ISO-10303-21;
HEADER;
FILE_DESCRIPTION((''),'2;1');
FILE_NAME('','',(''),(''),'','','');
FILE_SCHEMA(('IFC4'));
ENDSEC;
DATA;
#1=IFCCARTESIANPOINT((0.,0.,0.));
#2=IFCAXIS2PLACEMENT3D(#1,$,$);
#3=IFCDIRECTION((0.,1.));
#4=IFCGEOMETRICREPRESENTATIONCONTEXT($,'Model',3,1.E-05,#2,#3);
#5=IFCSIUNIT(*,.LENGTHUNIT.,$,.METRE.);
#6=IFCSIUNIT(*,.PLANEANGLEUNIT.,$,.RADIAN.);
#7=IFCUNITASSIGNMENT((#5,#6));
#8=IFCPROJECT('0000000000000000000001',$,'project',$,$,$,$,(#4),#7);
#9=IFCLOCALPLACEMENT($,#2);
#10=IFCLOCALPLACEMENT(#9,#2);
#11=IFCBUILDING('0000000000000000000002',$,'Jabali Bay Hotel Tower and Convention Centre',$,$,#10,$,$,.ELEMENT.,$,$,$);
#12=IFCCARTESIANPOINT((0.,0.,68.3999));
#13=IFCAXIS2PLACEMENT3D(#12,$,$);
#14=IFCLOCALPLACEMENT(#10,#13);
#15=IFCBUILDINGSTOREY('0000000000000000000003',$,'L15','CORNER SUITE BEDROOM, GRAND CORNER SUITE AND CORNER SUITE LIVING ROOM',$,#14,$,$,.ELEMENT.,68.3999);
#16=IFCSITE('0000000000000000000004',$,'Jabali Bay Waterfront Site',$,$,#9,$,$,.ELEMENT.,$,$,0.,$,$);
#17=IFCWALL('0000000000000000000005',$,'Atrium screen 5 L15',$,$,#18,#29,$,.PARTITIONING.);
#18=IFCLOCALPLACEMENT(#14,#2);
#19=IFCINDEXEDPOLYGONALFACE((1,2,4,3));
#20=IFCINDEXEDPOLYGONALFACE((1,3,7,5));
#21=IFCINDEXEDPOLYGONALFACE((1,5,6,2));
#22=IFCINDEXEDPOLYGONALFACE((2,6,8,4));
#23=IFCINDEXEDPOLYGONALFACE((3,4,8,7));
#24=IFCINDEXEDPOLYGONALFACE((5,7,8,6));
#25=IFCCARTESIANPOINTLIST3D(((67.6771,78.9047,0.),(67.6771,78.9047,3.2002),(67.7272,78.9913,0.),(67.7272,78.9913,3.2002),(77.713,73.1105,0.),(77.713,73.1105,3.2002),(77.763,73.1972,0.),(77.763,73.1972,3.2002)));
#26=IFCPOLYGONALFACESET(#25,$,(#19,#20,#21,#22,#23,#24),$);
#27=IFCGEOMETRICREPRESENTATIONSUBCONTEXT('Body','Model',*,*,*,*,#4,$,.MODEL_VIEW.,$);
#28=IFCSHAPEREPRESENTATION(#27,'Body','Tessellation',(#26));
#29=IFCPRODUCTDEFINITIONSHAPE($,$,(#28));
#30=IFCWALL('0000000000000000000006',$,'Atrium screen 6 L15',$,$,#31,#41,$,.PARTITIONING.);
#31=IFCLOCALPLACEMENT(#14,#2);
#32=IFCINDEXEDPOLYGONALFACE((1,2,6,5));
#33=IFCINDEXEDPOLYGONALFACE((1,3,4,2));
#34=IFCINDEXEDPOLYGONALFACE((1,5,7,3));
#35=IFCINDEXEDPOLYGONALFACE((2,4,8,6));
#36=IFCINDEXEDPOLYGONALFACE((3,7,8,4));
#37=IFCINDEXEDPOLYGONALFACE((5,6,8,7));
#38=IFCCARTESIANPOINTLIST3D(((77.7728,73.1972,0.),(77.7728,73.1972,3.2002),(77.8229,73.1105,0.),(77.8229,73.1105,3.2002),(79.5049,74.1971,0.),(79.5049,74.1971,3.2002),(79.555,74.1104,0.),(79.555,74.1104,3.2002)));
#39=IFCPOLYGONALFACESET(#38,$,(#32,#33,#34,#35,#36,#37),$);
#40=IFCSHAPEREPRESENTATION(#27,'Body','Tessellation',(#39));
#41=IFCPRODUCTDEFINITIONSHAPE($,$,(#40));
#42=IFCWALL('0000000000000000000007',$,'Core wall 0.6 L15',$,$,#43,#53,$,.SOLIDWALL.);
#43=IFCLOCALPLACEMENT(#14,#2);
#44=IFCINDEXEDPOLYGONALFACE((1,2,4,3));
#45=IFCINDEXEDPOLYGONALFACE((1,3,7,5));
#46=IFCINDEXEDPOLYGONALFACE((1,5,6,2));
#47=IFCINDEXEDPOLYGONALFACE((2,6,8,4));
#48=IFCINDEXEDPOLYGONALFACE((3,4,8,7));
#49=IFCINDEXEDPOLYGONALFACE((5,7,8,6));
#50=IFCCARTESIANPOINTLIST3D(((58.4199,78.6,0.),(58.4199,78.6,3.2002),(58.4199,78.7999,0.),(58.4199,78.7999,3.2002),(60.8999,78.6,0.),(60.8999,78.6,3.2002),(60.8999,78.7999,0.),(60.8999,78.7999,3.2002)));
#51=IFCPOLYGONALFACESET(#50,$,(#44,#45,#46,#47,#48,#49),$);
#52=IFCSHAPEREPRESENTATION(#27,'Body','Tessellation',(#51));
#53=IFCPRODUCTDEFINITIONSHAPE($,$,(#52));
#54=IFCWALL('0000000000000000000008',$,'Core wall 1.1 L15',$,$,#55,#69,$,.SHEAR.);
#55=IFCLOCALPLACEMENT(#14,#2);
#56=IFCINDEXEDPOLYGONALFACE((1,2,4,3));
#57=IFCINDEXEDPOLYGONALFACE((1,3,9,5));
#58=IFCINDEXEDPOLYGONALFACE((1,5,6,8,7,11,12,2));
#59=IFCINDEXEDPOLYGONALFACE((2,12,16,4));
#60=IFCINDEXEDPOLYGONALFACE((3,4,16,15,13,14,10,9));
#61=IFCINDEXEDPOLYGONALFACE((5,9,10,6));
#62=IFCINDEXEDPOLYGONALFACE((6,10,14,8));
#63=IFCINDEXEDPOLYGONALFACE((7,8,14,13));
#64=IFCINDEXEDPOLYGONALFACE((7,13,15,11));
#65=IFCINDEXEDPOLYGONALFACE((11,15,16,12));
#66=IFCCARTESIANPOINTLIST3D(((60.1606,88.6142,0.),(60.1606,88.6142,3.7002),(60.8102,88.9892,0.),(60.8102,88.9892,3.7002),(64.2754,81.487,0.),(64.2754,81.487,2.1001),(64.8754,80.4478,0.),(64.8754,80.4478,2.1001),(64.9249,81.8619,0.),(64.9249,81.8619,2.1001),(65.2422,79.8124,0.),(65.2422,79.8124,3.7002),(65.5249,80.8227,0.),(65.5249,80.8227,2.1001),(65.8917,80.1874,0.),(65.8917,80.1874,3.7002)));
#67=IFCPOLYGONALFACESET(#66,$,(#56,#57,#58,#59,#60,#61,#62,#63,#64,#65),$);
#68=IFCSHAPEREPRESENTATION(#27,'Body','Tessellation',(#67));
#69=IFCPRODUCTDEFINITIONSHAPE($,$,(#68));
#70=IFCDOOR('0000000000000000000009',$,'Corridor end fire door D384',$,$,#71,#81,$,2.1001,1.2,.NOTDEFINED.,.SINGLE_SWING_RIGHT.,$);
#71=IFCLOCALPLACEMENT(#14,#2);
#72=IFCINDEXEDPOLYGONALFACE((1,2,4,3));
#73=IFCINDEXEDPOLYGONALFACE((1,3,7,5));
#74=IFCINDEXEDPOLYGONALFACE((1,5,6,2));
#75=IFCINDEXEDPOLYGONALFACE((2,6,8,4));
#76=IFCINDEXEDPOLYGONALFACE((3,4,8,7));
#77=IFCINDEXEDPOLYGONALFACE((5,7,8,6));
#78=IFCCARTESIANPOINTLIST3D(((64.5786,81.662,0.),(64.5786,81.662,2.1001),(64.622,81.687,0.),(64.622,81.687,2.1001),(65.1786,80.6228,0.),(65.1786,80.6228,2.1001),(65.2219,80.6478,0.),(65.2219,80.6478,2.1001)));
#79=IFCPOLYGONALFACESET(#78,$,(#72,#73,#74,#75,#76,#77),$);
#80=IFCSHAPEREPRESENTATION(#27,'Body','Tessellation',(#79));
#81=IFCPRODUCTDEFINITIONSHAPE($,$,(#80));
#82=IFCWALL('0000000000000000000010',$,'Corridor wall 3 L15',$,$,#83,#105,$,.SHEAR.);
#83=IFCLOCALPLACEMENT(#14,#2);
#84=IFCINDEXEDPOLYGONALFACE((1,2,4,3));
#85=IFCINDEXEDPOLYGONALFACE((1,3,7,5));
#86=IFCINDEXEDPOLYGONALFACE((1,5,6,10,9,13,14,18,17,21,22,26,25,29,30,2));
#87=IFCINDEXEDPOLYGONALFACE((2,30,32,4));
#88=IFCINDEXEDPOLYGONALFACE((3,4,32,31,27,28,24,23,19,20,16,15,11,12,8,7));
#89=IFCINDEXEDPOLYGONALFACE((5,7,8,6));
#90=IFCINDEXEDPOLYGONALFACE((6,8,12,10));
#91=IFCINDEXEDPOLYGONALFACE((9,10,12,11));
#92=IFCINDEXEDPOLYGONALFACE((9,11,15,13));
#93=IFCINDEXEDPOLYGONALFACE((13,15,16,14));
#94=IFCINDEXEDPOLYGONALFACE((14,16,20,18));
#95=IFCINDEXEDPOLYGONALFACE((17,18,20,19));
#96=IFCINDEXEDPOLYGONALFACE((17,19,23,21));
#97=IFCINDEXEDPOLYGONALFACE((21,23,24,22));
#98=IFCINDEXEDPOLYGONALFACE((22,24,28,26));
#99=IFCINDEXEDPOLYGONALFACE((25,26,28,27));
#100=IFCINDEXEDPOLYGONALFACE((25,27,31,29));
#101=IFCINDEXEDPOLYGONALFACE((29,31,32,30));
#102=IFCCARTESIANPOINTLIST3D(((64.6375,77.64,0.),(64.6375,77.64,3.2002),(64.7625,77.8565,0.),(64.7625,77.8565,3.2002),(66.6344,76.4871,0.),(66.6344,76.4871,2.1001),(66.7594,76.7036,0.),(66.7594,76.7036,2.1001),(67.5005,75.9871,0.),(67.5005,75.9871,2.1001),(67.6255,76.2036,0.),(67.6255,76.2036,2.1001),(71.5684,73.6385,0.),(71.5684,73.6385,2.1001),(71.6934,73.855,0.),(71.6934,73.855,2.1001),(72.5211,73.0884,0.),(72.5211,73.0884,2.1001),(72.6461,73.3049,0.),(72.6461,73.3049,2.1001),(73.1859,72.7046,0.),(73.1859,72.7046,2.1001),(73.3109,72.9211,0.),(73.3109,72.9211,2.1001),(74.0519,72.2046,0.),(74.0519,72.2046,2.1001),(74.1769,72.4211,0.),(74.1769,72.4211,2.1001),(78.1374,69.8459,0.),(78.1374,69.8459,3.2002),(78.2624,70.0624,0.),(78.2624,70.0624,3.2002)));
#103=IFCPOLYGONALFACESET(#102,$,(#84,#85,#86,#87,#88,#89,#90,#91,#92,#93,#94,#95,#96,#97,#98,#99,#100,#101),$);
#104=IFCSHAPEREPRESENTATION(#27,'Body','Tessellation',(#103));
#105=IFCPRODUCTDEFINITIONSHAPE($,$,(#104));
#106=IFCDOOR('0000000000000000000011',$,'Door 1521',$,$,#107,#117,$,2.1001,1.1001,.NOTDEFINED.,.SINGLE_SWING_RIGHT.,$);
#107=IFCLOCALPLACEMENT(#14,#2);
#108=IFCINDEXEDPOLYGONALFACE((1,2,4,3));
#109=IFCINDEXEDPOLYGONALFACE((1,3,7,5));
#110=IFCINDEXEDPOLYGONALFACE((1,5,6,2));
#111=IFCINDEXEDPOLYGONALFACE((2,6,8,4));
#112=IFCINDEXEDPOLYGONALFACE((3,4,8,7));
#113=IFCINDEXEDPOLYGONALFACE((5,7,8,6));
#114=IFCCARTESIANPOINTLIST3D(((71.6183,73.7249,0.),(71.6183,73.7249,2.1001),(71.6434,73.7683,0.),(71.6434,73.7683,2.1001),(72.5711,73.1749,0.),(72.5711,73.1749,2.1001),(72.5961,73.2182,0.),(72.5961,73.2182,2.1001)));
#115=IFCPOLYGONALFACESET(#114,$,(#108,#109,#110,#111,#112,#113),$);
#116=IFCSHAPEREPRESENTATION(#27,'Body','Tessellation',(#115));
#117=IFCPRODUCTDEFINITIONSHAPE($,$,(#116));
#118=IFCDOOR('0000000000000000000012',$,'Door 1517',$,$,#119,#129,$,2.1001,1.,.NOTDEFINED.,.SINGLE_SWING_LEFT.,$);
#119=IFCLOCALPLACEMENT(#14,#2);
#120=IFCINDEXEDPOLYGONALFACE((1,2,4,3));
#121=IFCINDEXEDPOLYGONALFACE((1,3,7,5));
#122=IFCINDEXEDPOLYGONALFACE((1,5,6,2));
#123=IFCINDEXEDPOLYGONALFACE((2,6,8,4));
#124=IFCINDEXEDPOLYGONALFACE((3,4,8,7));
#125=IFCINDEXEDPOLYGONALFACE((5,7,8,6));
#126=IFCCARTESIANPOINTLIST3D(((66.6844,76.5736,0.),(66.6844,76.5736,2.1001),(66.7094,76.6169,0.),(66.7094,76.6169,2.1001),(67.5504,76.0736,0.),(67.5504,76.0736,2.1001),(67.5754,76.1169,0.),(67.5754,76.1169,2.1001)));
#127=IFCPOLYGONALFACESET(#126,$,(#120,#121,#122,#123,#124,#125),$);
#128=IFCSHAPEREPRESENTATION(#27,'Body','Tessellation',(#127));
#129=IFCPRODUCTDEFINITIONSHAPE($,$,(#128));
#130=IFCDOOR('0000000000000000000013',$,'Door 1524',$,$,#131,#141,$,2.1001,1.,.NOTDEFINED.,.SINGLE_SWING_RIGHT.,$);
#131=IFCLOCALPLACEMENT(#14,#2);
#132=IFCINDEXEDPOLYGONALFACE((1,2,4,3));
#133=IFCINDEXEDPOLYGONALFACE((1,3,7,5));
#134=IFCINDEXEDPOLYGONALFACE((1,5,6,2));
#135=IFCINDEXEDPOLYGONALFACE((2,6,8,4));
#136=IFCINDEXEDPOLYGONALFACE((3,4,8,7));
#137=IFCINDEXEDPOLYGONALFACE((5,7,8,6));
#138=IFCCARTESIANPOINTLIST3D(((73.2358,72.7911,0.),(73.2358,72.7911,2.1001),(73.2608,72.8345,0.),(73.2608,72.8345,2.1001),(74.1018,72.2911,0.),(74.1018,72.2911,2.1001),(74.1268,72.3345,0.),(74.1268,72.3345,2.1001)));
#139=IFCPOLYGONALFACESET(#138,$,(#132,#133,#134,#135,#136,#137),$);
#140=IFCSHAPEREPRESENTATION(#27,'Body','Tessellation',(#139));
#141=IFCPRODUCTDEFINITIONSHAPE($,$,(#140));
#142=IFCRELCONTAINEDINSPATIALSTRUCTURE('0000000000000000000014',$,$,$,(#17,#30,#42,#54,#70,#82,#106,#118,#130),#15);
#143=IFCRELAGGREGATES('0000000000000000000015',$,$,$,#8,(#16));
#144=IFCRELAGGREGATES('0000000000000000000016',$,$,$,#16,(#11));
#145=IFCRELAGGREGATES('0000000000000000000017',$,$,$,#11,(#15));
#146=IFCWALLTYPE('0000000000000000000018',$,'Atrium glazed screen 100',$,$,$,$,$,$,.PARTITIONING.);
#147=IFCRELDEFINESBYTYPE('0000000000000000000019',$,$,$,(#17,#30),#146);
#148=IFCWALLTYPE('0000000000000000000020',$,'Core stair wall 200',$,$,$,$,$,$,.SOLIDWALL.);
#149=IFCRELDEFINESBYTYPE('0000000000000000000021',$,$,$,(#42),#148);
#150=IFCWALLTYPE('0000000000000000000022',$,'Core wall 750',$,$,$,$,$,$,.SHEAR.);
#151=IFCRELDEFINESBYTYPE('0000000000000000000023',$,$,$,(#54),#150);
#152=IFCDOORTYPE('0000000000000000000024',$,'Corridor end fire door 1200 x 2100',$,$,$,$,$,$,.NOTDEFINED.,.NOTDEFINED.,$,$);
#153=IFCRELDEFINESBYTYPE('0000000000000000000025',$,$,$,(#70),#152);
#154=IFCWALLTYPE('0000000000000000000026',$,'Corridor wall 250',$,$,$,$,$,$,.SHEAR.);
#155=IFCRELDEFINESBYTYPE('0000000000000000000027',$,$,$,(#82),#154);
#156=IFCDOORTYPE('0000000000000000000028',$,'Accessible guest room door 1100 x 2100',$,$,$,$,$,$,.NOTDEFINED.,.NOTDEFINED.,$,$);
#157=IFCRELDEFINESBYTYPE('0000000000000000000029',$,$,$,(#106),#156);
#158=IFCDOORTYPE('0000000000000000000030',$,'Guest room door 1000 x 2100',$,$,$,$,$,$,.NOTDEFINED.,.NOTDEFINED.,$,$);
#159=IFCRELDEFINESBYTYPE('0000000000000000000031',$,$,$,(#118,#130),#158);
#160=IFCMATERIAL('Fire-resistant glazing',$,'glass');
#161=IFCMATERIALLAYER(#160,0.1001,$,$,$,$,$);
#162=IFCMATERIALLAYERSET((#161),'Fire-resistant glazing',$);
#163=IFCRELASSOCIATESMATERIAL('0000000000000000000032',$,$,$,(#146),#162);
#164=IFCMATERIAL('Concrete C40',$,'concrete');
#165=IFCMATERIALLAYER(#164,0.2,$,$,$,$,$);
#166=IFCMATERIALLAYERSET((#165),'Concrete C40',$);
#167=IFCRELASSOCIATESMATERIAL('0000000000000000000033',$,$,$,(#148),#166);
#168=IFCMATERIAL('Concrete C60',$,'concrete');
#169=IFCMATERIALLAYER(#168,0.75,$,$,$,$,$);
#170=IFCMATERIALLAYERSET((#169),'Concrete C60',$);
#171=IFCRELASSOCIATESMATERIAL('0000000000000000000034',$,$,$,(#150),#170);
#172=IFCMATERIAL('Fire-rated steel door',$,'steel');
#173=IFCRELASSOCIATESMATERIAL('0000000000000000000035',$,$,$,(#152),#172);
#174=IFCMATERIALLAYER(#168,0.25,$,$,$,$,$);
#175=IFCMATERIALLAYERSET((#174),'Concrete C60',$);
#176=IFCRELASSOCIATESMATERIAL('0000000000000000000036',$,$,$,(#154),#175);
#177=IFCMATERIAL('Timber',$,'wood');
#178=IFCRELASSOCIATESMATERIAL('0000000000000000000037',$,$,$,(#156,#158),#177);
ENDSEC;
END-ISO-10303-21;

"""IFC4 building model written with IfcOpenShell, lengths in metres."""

from ifc_helpers import new_model, si_unit, direction, frame, frame_2d, origin, place, context, subcontext, project, spatial, rectangle, extrude, material, layer, layer_set, type_object, element, fill, save


model = new_model("IFC4")

# Units and contexts
model_context = context("Model", 3, precision=1e-05, world=origin(), true_north=direction((0.0, 1.0)))
body_context = subcontext(model_context, "Body", "Model", "MODEL_VIEW")
ifc_project = project(units=[si_unit("LENGTHUNIT", "METRE"), si_unit("PLANEANGLEUNIT", "RADIAN")], contexts=[model_context])

# Site, building, storey
site_placement = place(None, origin())
site = spatial("IfcSite", under=ifc_project, at=site_placement, Name="Jabali Bay Waterfront Site", CompositionType="ELEMENT", RefElevation=0.0)
building_placement = place(site_placement, origin())
building = spatial("IfcBuilding", under=site, at=building_placement, Name="Jabali Bay Hotel Tower and Convention Centre", CompositionType="ELEMENT")
storey_placement = place(building_placement, frame((0.0, 0.0, 68.3999)))
storey = spatial("IfcBuildingStorey", under=building, at=storey_placement, Name="L15", Description="CORNER SUITE BEDROOM, GRAND CORNER SUITE AND CORNER SUITE LIVING ROOM", CompositionType="ELEMENT", Elevation=68.3999)

# Walls
ifc_material_1 = material(Name="Fire-resistant glazing", Category="glass")
ifc_layer_1 = layer(ifc_material_1, 0.1001)
ifc_layer_set_1 = layer_set([ifc_layer_1], Name="Fire-resistant glazing")
wall_type_1 = type_object("IfcWallType", Name="Atrium glazed screen 100", PredefinedType="PARTITIONING", material=ifc_layer_set_1)
wall_1_placement = place(storey_placement, frame((67.7021, 78.948, 0.0), z_axis=(0.0, 0.0, 1.0), x_axis=(0.866027, -0.499998, 0.0)))
element("IfcWall", 1, at=wall_1_placement, inside=storey, type_object=wall_type_1, Name="Atrium screen 5 L15", PredefinedType="PARTITIONING", context=body_context, shape_type="SweptSolid", body=[
    extrude(rectangle(XDim=11.5884, YDim=0.1001, at=frame_2d((5.7942, 0.0))), origin(), (0.0, 0.0, 1.0), 3.2002),
])
wall_2_placement = place(storey_placement, frame((77.7979, 73.1538, 0.0), z_axis=(0.0, 0.0, 1.0), x_axis=(0.866041, 0.499973, 0.0)))
element("IfcWall", 2, at=wall_2_placement, inside=storey, type_object=wall_type_1, Name="Atrium screen 6 L15", PredefinedType="PARTITIONING", context=body_context, shape_type="SweptSolid", body=[
    extrude(rectangle(XDim=2.0, YDim=0.1001, at=frame_2d((1.0, 0.0))), origin(), (0.0, 0.0, 1.0), 3.2002),
])
ifc_material_2 = material(Name="Concrete C40", Category="concrete")
ifc_layer_2 = layer(ifc_material_2, 0.2)
ifc_layer_set_2 = layer_set([ifc_layer_2], Name="Concrete C40")
wall_type_2 = type_object("IfcWallType", Name="Core stair wall 200", PredefinedType="SOLIDWALL", material=ifc_layer_set_2)
wall_3_placement = place(storey_placement, frame((60.8999, 78.7, 0.0), z_axis=(0.0, 0.0, 1.0), x_axis=(-1.0, 0.0, 0.0)))
element("IfcWall", 3, at=wall_3_placement, inside=storey, type_object=wall_type_2, Name="Core wall 0.6 L15", PredefinedType="SOLIDWALL", context=body_context, shape_type="SweptSolid", body=[
    extrude(rectangle(XDim=2.48, YDim=0.2, at=frame_2d((1.24, 0.0))), origin(), (0.0, 0.0, 1.0), 3.2002),
])

# Wall, opening, door
ifc_material_3 = material(Name="Concrete C60", Category="concrete")
ifc_layer_3 = layer(ifc_material_3, 0.75)
ifc_layer_set_3 = layer_set([ifc_layer_3], Name="Concrete C60")
wall_type_3 = type_object("IfcWallType", Name="Core wall 750", PredefinedType="SHEAR", material=ifc_layer_set_3)
wall_4_placement = place(storey_placement, frame((65.5669, 80.0, 0.0), z_axis=(0.0, 0.0, 1.0), x_axis=(-0.499989, 0.866032, 0.0)))
wall_4 = element("IfcWall", 4, at=wall_4_placement, inside=storey, type_object=wall_type_3, Name="Core wall 1.1 L15", PredefinedType="SHEAR", context=body_context, shape_type="SweptSolid", body=[
    extrude(rectangle(XDim=10.1633, YDim=0.75, at=frame_2d((5.0815, 0.0))), origin(), (0.0, 0.0, 1.0), 3.7002),
])
opening_1_placement = place(wall_4_placement, frame((0.7334, 0.0, 0.0)))
opening_1 = element("IfcOpeningElement", 5, at=opening_1_placement, cuts=wall_4, PredefinedType="OPENING", context=body_context, shape_type="SweptSolid", body=[
    extrude(rectangle(XDim=1.2, YDim=2.1001, at=frame_2d((0.6001, 1.05))), frame((0.0, 0.3855, 0.0), z_axis=(0.0, -1.0, 0.0), x_axis=(1.0, 0.0, 0.0)), (0.0, 0.0, 1.0), 0.771),
])
ifc_material_4 = material(Name="Fire-rated steel door", Category="steel")
door_type_1 = type_object("IfcDoorType", Name="Corridor end fire door 1200 x 2100", OperationType="NOTDEFINED", PredefinedType="NOTDEFINED", material=ifc_material_4)
door_1_placement = place(opening_1_placement, origin())
door_1 = element("IfcDoor", 6, at=door_1_placement, inside=storey, type_object=door_type_1, Name="Corridor end fire door D384", OperationType="SINGLE_SWING_RIGHT", OverallHeight=2.1001, OverallWidth=1.2, PredefinedType="NOTDEFINED", context=body_context, shape_type="SweptSolid", body=[
    extrude(rectangle(XDim=1.2, YDim=2.1001, at=frame_2d((0.6001, 1.05))), frame((0.0, 0.0249, 0.0), z_axis=(0.0, -1.0, 0.0), x_axis=(1.0, 0.0, 0.0)), (0.0, 0.0, 1.0), 0.05),
])
fill(opening_1, door_1)

# Wall, openings, doors
ifc_layer_4 = layer(ifc_material_3, 0.25)
ifc_layer_set_4 = layer_set([ifc_layer_4], Name="Concrete C60")
wall_type_4 = type_object("IfcWallType", Name="Corridor wall 250", PredefinedType="SHEAR", material=ifc_layer_set_4)
wall_5_placement = place(storey_placement, frame((64.7, 77.7483, 0.0), z_axis=(0.0, 0.0, 1.0), x_axis=(0.866026, -0.499998, 0.0)))
wall_5 = element("IfcWall", 7, at=wall_5_placement, inside=storey, type_object=wall_type_4, Name="Corridor wall 3 L15", PredefinedType="SHEAR", context=body_context, shape_type="SweptSolid", body=[
    extrude(rectangle(XDim=15.5884, YDim=0.25, at=frame_2d((7.7942, 0.0))), origin(), (0.0, 0.0, 1.0), 3.2002),
])
opening_2_placement = place(wall_5_placement, frame((2.3059, 0.0, 0.0)))
opening_2 = element("IfcOpeningElement", 8, at=opening_2_placement, cuts=wall_5, PredefinedType="OPENING", context=body_context, shape_type="SweptSolid", body=[
    extrude(rectangle(XDim=1.0, YDim=2.1001, at=frame_2d((0.5, 1.05))), frame((0.0, 0.1355, 0.0), z_axis=(0.0, -1.0, 0.0), x_axis=(1.0, 0.0, 0.0)), (0.0, 0.0, 1.0), 0.271),
])
opening_3_placement = place(wall_5_placement, frame((8.0032, 0.0, 0.0)))
opening_3 = element("IfcOpeningElement", 9, at=opening_3_placement, cuts=wall_5, PredefinedType="OPENING", context=body_context, shape_type="SweptSolid", body=[
    extrude(rectangle(XDim=1.1001, YDim=2.1001, at=frame_2d((0.55, 1.05))), frame((0.0, 0.1355, 0.0), z_axis=(0.0, -1.0, 0.0), x_axis=(1.0, 0.0, 0.0)), (0.0, 0.0, 1.0), 0.271),
])
opening_4_placement = place(wall_5_placement, frame((9.8708, 0.0, 0.0)))
opening_4 = element("IfcOpeningElement", 10, at=opening_4_placement, cuts=wall_5, PredefinedType="OPENING", context=body_context, shape_type="SweptSolid", body=[
    extrude(rectangle(XDim=1.0, YDim=2.1001, at=frame_2d((0.5, 1.05))), frame((0.0, 0.1355, 0.0), z_axis=(0.0, -1.0, 0.0), x_axis=(1.0, 0.0, 0.0)), (0.0, 0.0, 1.0), 0.271),
])
ifc_material_5 = material(Name="Timber", Category="wood")
door_type_2 = type_object("IfcDoorType", Name="Accessible guest room door 1100 x 2100", OperationType="NOTDEFINED", PredefinedType="NOTDEFINED", material=ifc_material_5)
door_2_placement = place(opening_3_placement, origin())
door_2 = element("IfcDoor", 11, at=door_2_placement, inside=storey, type_object=door_type_2, Name="Door 1521", OperationType="SINGLE_SWING_RIGHT", OverallHeight=2.1001, OverallWidth=1.1001, PredefinedType="NOTDEFINED", context=body_context, shape_type="SweptSolid", body=[
    extrude(rectangle(XDim=1.1001, YDim=2.1001, at=frame_2d((0.55, 1.05))), frame((0.0, 0.0249, 0.0), z_axis=(0.0, -1.0, 0.0), x_axis=(1.0, 0.0, 0.0)), (0.0, 0.0, 1.0), 0.05),
])
fill(opening_3, door_2)
door_type_3 = type_object("IfcDoorType", Name="Guest room door 1000 x 2100", OperationType="NOTDEFINED", PredefinedType="NOTDEFINED", material=ifc_material_5)
door_3_placement = place(opening_2_placement, origin())
door_3 = element("IfcDoor", 12, at=door_3_placement, inside=storey, type_object=door_type_3, Name="Door 1517", OperationType="SINGLE_SWING_LEFT", OverallHeight=2.1001, OverallWidth=1.0, PredefinedType="NOTDEFINED", context=body_context, shape_type="SweptSolid", body=[
    extrude(rectangle(XDim=1.0, YDim=2.1001, at=frame_2d((0.5, 1.05))), frame((0.0, 0.0249, 0.0), z_axis=(0.0, -1.0, 0.0), x_axis=(1.0, 0.0, 0.0)), (0.0, 0.0, 1.0), 0.05),
])
fill(opening_2, door_3)
door_4_placement = place(opening_4_placement, origin())
door_4 = element("IfcDoor", 13, at=door_4_placement, inside=storey, type_object=door_type_3, Name="Door 1524", OperationType="SINGLE_SWING_RIGHT", OverallHeight=2.1001, OverallWidth=1.0, PredefinedType="NOTDEFINED", context=body_context, shape_type="SweptSolid", body=[
    extrude(rectangle(XDim=1.0, YDim=2.1001, at=frame_2d((0.5, 1.05))), frame((0.0, 0.0249, 0.0), z_axis=(0.0, -1.0, 0.0), x_axis=(1.0, 0.0, 0.0)), (0.0, 0.0, 1.0), 0.05),
])
fill(opening_4, door_4)

save(model, "model.ifc")
